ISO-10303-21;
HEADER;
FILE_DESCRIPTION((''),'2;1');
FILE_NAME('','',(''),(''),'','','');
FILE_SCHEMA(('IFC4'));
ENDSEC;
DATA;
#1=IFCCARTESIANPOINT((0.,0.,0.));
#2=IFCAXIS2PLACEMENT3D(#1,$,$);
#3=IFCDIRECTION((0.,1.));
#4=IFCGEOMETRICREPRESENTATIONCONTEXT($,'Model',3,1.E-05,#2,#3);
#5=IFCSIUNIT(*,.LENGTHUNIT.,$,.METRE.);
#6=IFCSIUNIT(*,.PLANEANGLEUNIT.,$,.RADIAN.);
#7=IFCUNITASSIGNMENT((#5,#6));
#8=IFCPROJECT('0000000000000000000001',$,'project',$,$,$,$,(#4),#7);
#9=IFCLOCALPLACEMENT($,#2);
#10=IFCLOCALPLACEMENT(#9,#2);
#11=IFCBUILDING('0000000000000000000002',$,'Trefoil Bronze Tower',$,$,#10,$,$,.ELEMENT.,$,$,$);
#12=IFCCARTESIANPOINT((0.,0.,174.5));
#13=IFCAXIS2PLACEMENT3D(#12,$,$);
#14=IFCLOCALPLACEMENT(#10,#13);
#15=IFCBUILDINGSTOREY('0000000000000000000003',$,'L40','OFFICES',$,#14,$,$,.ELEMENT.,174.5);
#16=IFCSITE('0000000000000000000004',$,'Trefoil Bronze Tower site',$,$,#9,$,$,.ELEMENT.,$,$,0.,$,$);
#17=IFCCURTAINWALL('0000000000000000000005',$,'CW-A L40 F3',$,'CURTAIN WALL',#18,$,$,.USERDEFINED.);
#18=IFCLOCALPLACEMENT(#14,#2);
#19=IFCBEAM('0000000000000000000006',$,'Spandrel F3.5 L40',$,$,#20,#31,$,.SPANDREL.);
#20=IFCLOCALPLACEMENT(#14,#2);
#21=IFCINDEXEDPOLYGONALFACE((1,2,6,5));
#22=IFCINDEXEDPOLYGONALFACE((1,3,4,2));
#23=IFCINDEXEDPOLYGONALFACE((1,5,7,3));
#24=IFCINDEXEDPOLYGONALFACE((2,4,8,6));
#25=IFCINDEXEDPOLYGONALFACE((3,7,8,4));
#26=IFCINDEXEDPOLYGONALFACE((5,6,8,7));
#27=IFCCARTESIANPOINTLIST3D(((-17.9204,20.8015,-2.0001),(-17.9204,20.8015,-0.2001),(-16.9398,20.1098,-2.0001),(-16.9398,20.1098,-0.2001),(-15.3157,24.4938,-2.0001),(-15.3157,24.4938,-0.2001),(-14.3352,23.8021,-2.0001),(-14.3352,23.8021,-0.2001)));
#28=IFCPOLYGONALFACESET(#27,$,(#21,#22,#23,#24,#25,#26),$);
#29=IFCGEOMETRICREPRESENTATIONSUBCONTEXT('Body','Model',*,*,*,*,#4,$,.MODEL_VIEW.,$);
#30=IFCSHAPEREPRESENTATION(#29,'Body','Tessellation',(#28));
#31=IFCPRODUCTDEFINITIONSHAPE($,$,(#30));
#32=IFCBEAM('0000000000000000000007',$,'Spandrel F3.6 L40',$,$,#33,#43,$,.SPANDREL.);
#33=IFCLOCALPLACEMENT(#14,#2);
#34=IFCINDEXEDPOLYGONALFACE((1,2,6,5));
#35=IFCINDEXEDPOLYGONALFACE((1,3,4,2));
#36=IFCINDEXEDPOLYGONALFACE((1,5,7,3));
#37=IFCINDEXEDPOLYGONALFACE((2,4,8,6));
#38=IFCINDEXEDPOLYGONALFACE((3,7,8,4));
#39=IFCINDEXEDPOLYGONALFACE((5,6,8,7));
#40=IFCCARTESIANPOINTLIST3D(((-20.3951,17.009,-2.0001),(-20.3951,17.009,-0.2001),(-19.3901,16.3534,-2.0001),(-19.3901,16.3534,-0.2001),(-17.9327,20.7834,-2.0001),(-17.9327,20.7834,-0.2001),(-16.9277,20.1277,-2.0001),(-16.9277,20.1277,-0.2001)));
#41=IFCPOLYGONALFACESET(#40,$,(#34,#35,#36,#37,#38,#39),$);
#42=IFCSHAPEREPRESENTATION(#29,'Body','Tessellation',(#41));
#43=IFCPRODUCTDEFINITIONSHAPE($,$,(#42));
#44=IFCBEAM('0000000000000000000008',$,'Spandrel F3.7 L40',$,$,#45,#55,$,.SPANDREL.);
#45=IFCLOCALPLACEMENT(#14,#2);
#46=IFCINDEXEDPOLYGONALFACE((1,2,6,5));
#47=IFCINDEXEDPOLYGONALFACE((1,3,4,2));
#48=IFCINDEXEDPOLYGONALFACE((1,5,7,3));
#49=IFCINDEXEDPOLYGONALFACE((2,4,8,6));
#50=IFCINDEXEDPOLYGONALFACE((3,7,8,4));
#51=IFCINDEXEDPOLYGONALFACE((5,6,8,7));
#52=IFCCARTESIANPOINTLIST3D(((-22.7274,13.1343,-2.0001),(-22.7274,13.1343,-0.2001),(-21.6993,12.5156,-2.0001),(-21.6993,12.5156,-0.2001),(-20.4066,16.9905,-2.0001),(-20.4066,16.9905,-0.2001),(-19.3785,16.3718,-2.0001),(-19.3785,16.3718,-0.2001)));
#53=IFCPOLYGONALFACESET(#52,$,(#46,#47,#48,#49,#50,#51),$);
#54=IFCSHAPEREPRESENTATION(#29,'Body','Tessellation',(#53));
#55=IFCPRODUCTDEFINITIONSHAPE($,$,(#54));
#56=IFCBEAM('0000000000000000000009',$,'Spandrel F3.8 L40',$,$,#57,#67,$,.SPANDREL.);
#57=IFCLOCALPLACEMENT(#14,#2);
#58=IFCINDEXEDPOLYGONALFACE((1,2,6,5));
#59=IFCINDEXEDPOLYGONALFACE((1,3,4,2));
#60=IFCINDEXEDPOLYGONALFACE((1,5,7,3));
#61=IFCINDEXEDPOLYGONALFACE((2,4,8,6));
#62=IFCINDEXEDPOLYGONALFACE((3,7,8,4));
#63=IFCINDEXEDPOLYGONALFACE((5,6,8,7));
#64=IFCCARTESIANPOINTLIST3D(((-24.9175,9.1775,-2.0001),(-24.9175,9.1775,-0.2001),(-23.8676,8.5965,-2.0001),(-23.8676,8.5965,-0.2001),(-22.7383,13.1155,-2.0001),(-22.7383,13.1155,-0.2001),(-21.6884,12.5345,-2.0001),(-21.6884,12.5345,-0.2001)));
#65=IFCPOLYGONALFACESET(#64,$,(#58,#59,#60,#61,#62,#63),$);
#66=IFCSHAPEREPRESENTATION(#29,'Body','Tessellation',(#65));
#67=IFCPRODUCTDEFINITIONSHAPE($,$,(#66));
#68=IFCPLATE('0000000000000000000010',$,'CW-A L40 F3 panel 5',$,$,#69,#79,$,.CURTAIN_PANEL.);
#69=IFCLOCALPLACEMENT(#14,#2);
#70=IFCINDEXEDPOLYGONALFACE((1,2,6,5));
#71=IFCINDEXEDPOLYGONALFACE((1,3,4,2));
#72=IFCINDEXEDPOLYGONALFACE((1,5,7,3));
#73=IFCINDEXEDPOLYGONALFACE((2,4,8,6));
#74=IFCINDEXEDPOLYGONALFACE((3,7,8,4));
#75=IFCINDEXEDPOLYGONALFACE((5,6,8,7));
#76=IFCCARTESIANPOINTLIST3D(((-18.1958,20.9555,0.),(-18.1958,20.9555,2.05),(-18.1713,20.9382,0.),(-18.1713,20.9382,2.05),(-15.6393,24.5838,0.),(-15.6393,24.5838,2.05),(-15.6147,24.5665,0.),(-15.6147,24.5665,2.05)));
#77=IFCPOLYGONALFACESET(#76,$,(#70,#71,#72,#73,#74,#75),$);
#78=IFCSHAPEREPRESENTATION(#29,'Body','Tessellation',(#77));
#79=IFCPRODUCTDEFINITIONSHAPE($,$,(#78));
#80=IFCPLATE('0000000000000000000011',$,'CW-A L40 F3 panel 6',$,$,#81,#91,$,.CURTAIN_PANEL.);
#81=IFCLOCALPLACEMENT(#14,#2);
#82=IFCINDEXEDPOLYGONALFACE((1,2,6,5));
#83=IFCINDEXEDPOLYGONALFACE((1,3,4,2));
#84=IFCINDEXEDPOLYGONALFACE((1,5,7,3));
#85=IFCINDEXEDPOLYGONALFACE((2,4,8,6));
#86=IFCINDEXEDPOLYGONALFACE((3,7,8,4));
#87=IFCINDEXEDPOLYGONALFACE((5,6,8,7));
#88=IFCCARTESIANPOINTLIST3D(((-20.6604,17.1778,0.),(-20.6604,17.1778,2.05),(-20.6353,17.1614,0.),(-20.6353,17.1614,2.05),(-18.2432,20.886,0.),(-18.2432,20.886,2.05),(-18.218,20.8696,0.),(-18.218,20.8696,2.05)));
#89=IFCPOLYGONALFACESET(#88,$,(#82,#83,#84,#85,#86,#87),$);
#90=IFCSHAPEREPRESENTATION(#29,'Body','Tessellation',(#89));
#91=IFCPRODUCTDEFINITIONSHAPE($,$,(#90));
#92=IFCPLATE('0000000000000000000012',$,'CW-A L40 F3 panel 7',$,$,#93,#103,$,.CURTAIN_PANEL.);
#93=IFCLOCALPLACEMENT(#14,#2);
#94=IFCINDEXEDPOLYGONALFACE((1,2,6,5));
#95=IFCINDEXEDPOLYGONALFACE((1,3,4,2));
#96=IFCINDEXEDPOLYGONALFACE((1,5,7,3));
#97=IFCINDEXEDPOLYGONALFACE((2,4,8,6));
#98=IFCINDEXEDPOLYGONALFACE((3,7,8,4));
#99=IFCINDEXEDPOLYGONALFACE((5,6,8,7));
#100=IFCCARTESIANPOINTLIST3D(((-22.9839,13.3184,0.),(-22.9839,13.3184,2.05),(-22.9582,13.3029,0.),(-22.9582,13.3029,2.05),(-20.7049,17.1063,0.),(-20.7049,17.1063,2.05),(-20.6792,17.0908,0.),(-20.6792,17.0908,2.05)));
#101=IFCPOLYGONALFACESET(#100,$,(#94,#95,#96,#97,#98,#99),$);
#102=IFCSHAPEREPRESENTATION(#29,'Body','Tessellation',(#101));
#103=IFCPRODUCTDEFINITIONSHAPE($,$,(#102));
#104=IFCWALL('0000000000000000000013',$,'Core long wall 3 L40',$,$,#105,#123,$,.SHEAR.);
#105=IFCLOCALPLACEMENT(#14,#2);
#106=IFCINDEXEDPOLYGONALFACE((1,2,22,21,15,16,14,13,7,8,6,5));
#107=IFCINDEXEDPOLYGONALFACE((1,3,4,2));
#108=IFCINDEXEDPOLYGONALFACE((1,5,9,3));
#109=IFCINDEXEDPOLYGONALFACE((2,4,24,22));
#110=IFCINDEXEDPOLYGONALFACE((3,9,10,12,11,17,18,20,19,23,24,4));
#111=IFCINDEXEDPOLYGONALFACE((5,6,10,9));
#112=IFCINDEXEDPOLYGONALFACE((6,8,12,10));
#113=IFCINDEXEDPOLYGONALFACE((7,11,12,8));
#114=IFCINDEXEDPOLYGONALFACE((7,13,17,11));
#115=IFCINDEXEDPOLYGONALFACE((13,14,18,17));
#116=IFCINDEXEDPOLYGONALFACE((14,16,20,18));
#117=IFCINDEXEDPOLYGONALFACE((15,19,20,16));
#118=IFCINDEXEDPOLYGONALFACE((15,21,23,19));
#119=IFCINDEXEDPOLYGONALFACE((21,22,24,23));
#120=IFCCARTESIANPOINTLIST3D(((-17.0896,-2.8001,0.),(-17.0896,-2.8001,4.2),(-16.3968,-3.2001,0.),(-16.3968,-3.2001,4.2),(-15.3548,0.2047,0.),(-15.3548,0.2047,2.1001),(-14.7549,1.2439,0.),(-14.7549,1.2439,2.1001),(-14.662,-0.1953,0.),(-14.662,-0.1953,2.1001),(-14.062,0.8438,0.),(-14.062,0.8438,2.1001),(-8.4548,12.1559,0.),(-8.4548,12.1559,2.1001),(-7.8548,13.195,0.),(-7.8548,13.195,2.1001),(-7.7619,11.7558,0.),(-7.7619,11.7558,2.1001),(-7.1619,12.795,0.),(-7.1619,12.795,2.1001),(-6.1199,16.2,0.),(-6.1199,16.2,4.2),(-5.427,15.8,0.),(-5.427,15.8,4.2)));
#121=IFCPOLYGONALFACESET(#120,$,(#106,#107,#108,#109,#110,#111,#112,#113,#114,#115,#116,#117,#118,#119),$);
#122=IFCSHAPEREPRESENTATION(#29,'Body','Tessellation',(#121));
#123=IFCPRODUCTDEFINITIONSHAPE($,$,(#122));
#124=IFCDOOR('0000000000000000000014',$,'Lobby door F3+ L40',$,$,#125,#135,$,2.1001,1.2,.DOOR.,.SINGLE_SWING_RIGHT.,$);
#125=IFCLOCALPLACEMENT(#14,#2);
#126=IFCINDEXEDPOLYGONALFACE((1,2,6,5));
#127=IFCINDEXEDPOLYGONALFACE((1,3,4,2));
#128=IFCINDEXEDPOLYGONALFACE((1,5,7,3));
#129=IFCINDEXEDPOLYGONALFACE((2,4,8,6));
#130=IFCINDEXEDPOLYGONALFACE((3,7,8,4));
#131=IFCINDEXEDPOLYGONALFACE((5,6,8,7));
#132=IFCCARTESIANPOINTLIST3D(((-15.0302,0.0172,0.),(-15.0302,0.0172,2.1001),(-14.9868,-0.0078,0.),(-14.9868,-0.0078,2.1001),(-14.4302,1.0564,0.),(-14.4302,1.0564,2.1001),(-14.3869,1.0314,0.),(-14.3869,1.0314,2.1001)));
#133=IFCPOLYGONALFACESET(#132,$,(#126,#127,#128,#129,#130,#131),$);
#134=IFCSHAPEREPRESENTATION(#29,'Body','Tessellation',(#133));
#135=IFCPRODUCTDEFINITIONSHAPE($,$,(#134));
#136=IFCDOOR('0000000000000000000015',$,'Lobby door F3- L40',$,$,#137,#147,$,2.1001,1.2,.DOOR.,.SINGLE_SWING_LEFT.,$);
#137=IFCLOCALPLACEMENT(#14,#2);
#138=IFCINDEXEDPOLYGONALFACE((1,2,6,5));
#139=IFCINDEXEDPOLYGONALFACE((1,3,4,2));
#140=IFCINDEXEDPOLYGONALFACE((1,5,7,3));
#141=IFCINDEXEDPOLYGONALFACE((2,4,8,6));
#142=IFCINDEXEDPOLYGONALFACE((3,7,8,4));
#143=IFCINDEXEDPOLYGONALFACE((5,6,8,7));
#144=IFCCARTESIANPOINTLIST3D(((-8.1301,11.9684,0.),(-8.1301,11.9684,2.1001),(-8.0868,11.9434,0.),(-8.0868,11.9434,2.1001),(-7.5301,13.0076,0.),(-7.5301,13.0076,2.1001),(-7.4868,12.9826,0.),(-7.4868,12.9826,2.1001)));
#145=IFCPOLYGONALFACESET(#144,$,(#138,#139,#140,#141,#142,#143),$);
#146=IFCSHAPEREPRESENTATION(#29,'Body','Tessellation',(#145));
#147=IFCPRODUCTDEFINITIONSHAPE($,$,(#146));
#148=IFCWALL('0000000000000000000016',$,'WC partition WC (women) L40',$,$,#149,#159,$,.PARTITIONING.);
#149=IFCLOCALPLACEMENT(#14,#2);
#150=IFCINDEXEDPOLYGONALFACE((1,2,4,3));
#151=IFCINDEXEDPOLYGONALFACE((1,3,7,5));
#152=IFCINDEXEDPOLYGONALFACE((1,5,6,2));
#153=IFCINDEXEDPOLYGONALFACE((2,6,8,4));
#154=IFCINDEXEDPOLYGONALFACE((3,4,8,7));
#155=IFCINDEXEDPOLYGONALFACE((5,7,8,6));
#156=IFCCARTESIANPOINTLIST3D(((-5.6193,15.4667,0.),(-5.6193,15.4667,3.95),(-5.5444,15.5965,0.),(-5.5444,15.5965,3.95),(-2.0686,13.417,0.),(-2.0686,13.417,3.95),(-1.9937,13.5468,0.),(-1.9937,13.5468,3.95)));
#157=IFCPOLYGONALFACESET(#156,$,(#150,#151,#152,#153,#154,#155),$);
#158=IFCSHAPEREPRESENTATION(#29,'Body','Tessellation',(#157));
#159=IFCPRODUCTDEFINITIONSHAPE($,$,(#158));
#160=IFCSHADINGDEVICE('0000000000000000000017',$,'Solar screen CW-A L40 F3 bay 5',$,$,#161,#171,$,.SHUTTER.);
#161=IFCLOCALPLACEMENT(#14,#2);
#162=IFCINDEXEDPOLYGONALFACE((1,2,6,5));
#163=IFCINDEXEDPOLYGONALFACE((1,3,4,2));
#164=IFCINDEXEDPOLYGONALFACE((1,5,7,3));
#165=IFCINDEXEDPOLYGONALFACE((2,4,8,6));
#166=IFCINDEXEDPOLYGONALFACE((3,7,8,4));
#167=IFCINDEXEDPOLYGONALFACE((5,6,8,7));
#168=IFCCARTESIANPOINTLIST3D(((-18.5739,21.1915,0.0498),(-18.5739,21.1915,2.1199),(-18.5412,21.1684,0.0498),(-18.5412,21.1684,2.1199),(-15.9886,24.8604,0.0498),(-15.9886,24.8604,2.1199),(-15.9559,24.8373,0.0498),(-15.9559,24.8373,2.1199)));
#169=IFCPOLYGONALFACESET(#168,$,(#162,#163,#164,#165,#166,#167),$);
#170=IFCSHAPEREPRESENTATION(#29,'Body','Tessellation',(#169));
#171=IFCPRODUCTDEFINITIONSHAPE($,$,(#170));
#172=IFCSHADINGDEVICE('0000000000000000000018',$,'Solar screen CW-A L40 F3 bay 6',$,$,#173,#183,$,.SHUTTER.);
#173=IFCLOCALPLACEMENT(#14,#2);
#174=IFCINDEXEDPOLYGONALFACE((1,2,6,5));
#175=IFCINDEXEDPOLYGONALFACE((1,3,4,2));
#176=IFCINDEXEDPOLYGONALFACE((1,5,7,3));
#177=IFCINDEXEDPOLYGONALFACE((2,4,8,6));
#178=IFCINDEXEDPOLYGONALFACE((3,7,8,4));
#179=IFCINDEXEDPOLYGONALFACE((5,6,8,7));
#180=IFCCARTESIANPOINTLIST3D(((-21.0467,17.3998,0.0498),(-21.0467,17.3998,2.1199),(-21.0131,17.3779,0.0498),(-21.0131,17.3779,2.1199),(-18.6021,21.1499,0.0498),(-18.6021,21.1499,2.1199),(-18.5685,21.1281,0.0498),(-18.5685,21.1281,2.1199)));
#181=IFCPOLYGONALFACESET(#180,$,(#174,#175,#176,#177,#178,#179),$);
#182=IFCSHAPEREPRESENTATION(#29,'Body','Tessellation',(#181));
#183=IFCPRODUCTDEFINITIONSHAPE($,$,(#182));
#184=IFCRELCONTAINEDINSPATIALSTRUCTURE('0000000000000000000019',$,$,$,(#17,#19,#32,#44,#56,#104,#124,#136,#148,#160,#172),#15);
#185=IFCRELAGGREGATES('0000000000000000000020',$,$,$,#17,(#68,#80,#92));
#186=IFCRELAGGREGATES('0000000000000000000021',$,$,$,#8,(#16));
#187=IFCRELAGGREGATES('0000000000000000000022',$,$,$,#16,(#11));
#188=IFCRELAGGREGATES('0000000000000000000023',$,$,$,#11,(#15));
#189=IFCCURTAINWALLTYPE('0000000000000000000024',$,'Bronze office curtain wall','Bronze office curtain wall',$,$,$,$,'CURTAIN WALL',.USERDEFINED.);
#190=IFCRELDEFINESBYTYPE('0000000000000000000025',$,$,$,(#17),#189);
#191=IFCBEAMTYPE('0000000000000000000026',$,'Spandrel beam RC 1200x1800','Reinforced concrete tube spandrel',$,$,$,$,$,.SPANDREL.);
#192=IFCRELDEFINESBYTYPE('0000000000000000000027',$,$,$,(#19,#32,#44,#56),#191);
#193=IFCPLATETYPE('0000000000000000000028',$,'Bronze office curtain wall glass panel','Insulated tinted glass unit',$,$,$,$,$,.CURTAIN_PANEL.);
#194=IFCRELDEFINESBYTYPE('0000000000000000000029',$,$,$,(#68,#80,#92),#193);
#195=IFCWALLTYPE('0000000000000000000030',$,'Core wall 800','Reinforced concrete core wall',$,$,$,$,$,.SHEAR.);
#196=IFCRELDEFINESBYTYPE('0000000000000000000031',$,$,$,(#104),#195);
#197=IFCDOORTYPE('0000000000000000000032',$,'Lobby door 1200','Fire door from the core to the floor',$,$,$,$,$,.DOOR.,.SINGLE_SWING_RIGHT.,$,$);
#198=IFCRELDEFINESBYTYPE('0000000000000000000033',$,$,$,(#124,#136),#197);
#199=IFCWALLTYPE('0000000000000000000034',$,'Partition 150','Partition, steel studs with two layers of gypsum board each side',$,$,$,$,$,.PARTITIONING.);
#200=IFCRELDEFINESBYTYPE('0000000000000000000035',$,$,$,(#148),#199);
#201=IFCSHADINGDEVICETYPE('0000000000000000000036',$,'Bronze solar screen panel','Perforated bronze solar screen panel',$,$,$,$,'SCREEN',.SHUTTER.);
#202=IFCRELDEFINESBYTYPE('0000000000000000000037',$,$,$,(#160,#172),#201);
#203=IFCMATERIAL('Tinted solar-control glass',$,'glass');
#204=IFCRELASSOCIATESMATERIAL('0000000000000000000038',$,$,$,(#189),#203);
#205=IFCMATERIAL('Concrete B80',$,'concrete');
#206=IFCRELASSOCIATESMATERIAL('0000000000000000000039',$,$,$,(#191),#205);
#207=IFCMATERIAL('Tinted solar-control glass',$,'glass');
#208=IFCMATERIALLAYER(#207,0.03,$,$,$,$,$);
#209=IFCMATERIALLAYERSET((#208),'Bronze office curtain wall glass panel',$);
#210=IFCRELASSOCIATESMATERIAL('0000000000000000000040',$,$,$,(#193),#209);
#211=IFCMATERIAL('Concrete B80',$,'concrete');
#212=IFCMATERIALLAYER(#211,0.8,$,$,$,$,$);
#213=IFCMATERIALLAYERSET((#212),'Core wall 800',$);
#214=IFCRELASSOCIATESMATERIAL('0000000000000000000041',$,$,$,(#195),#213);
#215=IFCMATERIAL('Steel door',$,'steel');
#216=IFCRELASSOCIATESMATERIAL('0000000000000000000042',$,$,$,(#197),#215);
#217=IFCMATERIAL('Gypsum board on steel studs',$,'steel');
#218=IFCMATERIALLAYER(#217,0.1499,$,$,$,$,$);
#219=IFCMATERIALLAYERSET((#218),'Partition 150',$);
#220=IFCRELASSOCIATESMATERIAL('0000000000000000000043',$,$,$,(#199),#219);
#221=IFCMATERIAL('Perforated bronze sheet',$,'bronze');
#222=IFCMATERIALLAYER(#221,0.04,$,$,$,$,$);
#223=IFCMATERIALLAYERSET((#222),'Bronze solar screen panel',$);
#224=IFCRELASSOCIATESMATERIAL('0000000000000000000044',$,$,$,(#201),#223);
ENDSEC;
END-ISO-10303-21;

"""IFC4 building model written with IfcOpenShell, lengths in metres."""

from ifc_helpers import new_model, si_unit, direction, frame, frame_2d, origin, origin_2d, place, context, subcontext, project, spatial, rectangle, extrude, material, layer, layer_set, material_profile, profile_set, type_object, element, fill, aggregate, save


model = new_model("IFC4")

# Units and contexts
model_context = context("Model", 3, precision=1e-05, world=origin(), true_north=direction((0.0, 1.0)))
body_context = subcontext(model_context, "Body", "Model", "MODEL_VIEW")
ifc_project = project(units=[si_unit("LENGTHUNIT", "METRE"), si_unit("PLANEANGLEUNIT", "RADIAN")], contexts=[model_context])

# Site, building, storey
site_placement = place(None, origin())
site = spatial("IfcSite", under=ifc_project, at=site_placement, Name="Trefoil Bronze Tower site", CompositionType="ELEMENT", RefElevation=0.0)
building_placement = place(site_placement, origin())
building = spatial("IfcBuilding", under=site, at=building_placement, Name="Trefoil Bronze Tower", CompositionType="ELEMENT")
storey_placement = place(building_placement, frame((0.0, 0.0, 174.5)))
storey = spatial("IfcBuildingStorey", under=building, at=storey_placement, Name="L40", Description="OFFICES", CompositionType="ELEMENT", Elevation=174.5)

# Curtain wall
ifc_material_1 = material(Name="Tinted solar-control glass", Category="glass")
curtain_wall_type = type_object("IfcCurtainWallType", Name="Bronze office curtain wall", Description="Bronze office curtain wall", ElementType="CURTAIN WALL", PredefinedType="USERDEFINED", material=ifc_material_1)
curtain_wall_placement = place(storey_placement, origin())
curtain_wall = element("IfcCurtainWall", 1, at=curtain_wall_placement, inside=storey, type_object=curtain_wall_type, Name="CW-A L40 F3", ObjectType="CURTAIN WALL", PredefinedType="USERDEFINED")

# Beams
ifc_material_2 = material(Name="Concrete B80", Category="concrete")
ifc_material_profile_1 = material_profile(ifc_material_2, rectangle(XDim=1.2, YDim=1.8, at=origin_2d()), Name="RC 1200x1800")
ifc_profile_set_1 = profile_set([ifc_material_profile_1], Name="Concrete B80")
beam_type_1 = type_object("IfcBeamType", Name="Spandrel beam RC 1200x1800", Description="Reinforced concrete tube spandrel", PredefinedType="SPANDREL", material=ifc_profile_set_1)
beam_1_placement = place(storey_placement, frame((-14.8254, 24.1479, -1.1001), z_axis=(-0.576439, -0.81714, 0.0), x_axis=(0.81714, -0.576439, 0.0)))
element("IfcBeam", 2, at=beam_1_placement, inside=storey, type_object=beam_type_1, Name="Spandrel F3.5 L40", PredefinedType="SPANDREL", context=body_context, shape_type="SweptSolid", body=[
    extrude(rectangle(XDim=1.2, YDim=1.8, at=origin_2d()), origin(), (0.0, 0.0, 1.0), 4.5186),
])
beam_2_placement = place(storey_placement, frame((-17.4302, 20.4556, -1.1001), z_axis=(-0.546397, -0.837527, 0.0), x_axis=(0.837527, -0.546397, 0.0)))
element("IfcBeam", 3, at=beam_2_placement, inside=storey, type_object=beam_type_1, Name="Spandrel F3.6 L40", PredefinedType="SPANDREL", context=body_context, shape_type="SweptSolid", body=[
    extrude(rectangle(XDim=1.2, YDim=1.8, at=origin_2d()), origin(), (0.0, 0.0, 1.0), 4.5066),
])
for number, where, z_axis, x_axis, name in (
    (4, (-19.8926, 16.6812, -1.1001), (-0.515652, -0.856798, 0.0), (0.856798, -0.515652, 0.0), "Spandrel F3.7 L40"),
    (5, (-22.2134, 12.825, -1.1001), (-0.484187, -0.874965, 0.0), (0.874965, -0.484187, 0.0), "Spandrel F3.8 L40"),
):
    element("IfcBeam", number, at=place(storey_placement, frame(where, z_axis=z_axis, x_axis=x_axis)), inside=storey, type_object=beam_type_1, Name=name, PredefinedType="SPANDREL", context=body_context, shape_type="SweptSolid", body=[
        extrude(rectangle(XDim=1.2, YDim=1.8, at=origin_2d()), origin(), (0.0, 0.0, 1.0), 4.5007),
    ])

# Plates
ifc_material_3 = material(Name="Tinted solar-control glass", Category="glass")
ifc_layer_1 = layer(ifc_material_3, 0.03)
ifc_layer_set_1 = layer_set([ifc_layer_1], Name="Bronze office curtain wall glass panel")
plate_type = type_object("IfcPlateType", Name="Bronze office curtain wall glass panel", Description="Insulated tinted glass unit", PredefinedType="CURTAIN_PANEL", material=ifc_layer_set_1)
plate_1_placement = place(storey_placement, frame((-16.9053, 22.761, 0.0), z_axis=(0.0, 0.0, 1.0), x_axis=(-0.575999, -0.81745, 0.0)))
plate_1 = element("IfcPlate", 6, at=plate_1_placement, type_object=plate_type, Name="CW-A L40 F3 panel 5", PredefinedType="CURTAIN_PANEL", context=body_context, shape_type="SweptSolid", body=[
    extrude(rectangle(XDim=4.4385, YDim=0.03, at=origin_2d()), origin(), (0.0, 0.0, 1.0), 2.05),
])
plate_2_placement = place(storey_placement, frame((-19.4392, 19.0237, 0.0), z_axis=(0.0, 0.0, 1.0), x_axis=(-0.546089, -0.837727, 0.0)))
plate_2 = element("IfcPlate", 7, at=plate_2_placement, type_object=plate_type, Name="CW-A L40 F3 panel 6", PredefinedType="CURTAIN_PANEL", context=body_context, shape_type="SweptSolid", body=[
    extrude(rectangle(XDim=4.4265, YDim=0.03, at=origin_2d()), origin(), (0.0, 0.0, 1.0), 2.05),
])
plate_3_placement = place(storey_placement, frame((-21.8315, 15.2046, 0.0), z_axis=(0.0, 0.0, 1.0), x_axis=(-0.515525, -0.856874, 0.0)))
plate_3 = element("IfcPlate", 8, at=plate_3_placement, type_object=plate_type, Name="CW-A L40 F3 panel 7", PredefinedType="CURTAIN_PANEL", context=body_context, shape_type="SweptSolid", body=[
    extrude(rectangle(XDim=4.4207, YDim=0.03, at=origin_2d()), origin(), (0.0, 0.0, 1.0), 2.05),
])
aggregate(curtain_wall, [plate_1, plate_2, plate_3])

# Wall, openings, doors
ifc_material_4 = material(Name="Concrete B80", Category="concrete")
ifc_layer_2 = layer(ifc_material_4, 0.8)
ifc_layer_set_2 = layer_set([ifc_layer_2], Name="Core wall 800")
wall_type_1 = type_object("IfcWallType", Name="Core wall 800", Description="Reinforced concrete core wall", PredefinedType="SHEAR", material=ifc_layer_set_2)
wall_1_placement = place(storey_placement, frame((-5.7734, 16.0, 0.0), z_axis=(0.0, 0.0, 1.0), x_axis=(-0.500002, -0.866024, 0.0)))
wall_1 = element("IfcWall", 9, at=wall_1_placement, inside=storey, type_object=wall_type_1, Name="Core long wall 3 L40", PredefinedType="SHEAR", context=body_context, shape_type="SweptSolid", body=[
    extrude(rectangle(XDim=21.9395, YDim=0.8, at=frame_2d((10.9697, 0.0))), origin(), (0.0, 0.0, 1.0), 4.2),
])
opening_1_placement = place(wall_1_placement, frame((17.2698, 0.0, 0.0)))
opening_1 = element("IfcOpeningElement", 10, at=opening_1_placement, cuts=wall_1, PredefinedType="OPENING", context=body_context, shape_type="SweptSolid", body=[
    extrude(rectangle(XDim=1.2, YDim=2.1001, at=frame_2d((0.6001, 1.05))), frame((0.0, 0.4099, 0.0), z_axis=(0.0, -1.0, 0.0), x_axis=(1.0, 0.0, 0.0)), (0.0, 0.0, 1.0), 0.8201),
])
opening_2_placement = place(wall_1_placement, frame((3.4697, 0.0, 0.0)))
opening_2 = element("IfcOpeningElement", 11, at=opening_2_placement, cuts=wall_1, PredefinedType="OPENING", context=body_context, shape_type="SweptSolid", body=[
    extrude(rectangle(XDim=1.2, YDim=2.1001, at=frame_2d((0.6001, 1.05))), frame((0.0, 0.4099, 0.0), z_axis=(0.0, -1.0, 0.0), x_axis=(1.0, 0.0, 0.0)), (0.0, 0.0, 1.0), 0.8201),
])
ifc_material_5 = material(Name="Steel door", Category="steel")
door_type = type_object("IfcDoorType", Name="Lobby door 1200", Description="Fire door from the core to the floor", OperationType="SINGLE_SWING_RIGHT", PredefinedType="DOOR", material=ifc_material_5)
door_1_placement = place(opening_1_placement, origin())
door_1 = element("IfcDoor", 12, at=door_1_placement, inside=storey, type_object=door_type, Name="Lobby door F3+ L40", OperationType="SINGLE_SWING_RIGHT", OverallHeight=2.1001, OverallWidth=1.2, PredefinedType="DOOR", context=body_context, shape_type="SweptSolid", body=[
    extrude(rectangle(XDim=1.2, YDim=2.1001, at=frame_2d((0.6001, 1.05))), frame((0.0, 0.0249, 0.0), z_axis=(0.0, -1.0, 0.0), x_axis=(1.0, 0.0, 0.0)), (0.0, 0.0, 1.0), 0.05),
])
fill(opening_1, door_1)
door_2_placement = place(opening_2_placement, origin())
door_2 = element("IfcDoor", 13, at=door_2_placement, inside=storey, type_object=door_type, Name="Lobby door F3- L40", OperationType="SINGLE_SWING_LEFT", OverallHeight=2.1001, OverallWidth=1.2, PredefinedType="DOOR", context=body_context, shape_type="SweptSolid", body=[
    extrude(rectangle(XDim=1.2, YDim=2.1001, at=frame_2d((0.6001, 1.05))), frame((0.0, 0.0249, 0.0), z_axis=(0.0, -1.0, 0.0), x_axis=(1.0, 0.0, 0.0)), (0.0, 0.0, 1.0), 0.05),
])
fill(opening_2, door_2)

# Wall
ifc_material_6 = material(Name="Gypsum board on steel studs", Category="steel")
ifc_layer_3 = layer(ifc_material_6, 0.1499)
ifc_layer_set_3 = layer_set([ifc_layer_3], Name="Partition 150")
wall_type_2 = type_object("IfcWallType", Name="Partition 150", Description="Partition, steel studs with two layers of gypsum board each side", PredefinedType="PARTITIONING", material=ifc_layer_set_3)
wall_2_placement = place(storey_placement, frame((-2.0312, 13.4819, 0.0), z_axis=(0.0, 0.0, 1.0), x_axis=(-0.866051, 0.499956, 0.0)))
element("IfcWall", 14, at=wall_2_placement, inside=storey, type_object=wall_type_2, Name="WC partition WC (women) L40", PredefinedType="PARTITIONING", context=body_context, shape_type="SweptSolid", body=[
    extrude(rectangle(XDim=4.0999, YDim=0.1499, at=frame_2d((2.0498, 0.0))), origin(), (0.0, 0.0, 1.0), 3.95),
])

# Shading devices
ifc_material_7 = material(Name="Perforated bronze sheet", Category="bronze")
ifc_layer_4 = layer(ifc_material_7, 0.04)
ifc_layer_set_4 = layer_set([ifc_layer_4], Name="Bronze solar screen panel")
shading_device_type = type_object("IfcShadingDeviceType", Name="Bronze solar screen panel", Description="Perforated bronze solar screen panel", ElementType="SCREEN", PredefinedType="SHUTTER", material=ifc_layer_set_4)
shading_device_1_placement = place(storey_placement, frame((-17.2649, 23.0144, 0.0498), z_axis=(0.0, 0.0, 1.0), x_axis=(-0.575999, -0.81745, 0.0)))
element("IfcShadingDevice", 15, at=shading_device_1_placement, inside=storey, type_object=shading_device_type, Name="Solar screen CW-A L40 F3 bay 5", PredefinedType="SHUTTER", context=body_context, shape_type="SweptSolid", body=[
    extrude(rectangle(XDim=4.4883, YDim=0.04, at=origin_2d()), origin(), (0.0, 0.0, 1.0), 2.0701),
])
shading_device_2_placement = place(storey_placement, frame((-19.8076, 19.2639, 0.0498), z_axis=(0.0, 0.0, 1.0), x_axis=(-0.546089, -0.837727, 0.0)))
element("IfcShadingDevice", 16, at=shading_device_2_placement, inside=storey, type_object=shading_device_type, Name="Solar screen CW-A L40 F3 bay 6", PredefinedType="SHUTTER", context=body_context, shape_type="SweptSolid", body=[
    extrude(rectangle(XDim=4.4766, YDim=0.04, at=origin_2d()), origin(), (0.0, 0.0, 1.0), 2.0701),
])

save(model, "model.ifc")
